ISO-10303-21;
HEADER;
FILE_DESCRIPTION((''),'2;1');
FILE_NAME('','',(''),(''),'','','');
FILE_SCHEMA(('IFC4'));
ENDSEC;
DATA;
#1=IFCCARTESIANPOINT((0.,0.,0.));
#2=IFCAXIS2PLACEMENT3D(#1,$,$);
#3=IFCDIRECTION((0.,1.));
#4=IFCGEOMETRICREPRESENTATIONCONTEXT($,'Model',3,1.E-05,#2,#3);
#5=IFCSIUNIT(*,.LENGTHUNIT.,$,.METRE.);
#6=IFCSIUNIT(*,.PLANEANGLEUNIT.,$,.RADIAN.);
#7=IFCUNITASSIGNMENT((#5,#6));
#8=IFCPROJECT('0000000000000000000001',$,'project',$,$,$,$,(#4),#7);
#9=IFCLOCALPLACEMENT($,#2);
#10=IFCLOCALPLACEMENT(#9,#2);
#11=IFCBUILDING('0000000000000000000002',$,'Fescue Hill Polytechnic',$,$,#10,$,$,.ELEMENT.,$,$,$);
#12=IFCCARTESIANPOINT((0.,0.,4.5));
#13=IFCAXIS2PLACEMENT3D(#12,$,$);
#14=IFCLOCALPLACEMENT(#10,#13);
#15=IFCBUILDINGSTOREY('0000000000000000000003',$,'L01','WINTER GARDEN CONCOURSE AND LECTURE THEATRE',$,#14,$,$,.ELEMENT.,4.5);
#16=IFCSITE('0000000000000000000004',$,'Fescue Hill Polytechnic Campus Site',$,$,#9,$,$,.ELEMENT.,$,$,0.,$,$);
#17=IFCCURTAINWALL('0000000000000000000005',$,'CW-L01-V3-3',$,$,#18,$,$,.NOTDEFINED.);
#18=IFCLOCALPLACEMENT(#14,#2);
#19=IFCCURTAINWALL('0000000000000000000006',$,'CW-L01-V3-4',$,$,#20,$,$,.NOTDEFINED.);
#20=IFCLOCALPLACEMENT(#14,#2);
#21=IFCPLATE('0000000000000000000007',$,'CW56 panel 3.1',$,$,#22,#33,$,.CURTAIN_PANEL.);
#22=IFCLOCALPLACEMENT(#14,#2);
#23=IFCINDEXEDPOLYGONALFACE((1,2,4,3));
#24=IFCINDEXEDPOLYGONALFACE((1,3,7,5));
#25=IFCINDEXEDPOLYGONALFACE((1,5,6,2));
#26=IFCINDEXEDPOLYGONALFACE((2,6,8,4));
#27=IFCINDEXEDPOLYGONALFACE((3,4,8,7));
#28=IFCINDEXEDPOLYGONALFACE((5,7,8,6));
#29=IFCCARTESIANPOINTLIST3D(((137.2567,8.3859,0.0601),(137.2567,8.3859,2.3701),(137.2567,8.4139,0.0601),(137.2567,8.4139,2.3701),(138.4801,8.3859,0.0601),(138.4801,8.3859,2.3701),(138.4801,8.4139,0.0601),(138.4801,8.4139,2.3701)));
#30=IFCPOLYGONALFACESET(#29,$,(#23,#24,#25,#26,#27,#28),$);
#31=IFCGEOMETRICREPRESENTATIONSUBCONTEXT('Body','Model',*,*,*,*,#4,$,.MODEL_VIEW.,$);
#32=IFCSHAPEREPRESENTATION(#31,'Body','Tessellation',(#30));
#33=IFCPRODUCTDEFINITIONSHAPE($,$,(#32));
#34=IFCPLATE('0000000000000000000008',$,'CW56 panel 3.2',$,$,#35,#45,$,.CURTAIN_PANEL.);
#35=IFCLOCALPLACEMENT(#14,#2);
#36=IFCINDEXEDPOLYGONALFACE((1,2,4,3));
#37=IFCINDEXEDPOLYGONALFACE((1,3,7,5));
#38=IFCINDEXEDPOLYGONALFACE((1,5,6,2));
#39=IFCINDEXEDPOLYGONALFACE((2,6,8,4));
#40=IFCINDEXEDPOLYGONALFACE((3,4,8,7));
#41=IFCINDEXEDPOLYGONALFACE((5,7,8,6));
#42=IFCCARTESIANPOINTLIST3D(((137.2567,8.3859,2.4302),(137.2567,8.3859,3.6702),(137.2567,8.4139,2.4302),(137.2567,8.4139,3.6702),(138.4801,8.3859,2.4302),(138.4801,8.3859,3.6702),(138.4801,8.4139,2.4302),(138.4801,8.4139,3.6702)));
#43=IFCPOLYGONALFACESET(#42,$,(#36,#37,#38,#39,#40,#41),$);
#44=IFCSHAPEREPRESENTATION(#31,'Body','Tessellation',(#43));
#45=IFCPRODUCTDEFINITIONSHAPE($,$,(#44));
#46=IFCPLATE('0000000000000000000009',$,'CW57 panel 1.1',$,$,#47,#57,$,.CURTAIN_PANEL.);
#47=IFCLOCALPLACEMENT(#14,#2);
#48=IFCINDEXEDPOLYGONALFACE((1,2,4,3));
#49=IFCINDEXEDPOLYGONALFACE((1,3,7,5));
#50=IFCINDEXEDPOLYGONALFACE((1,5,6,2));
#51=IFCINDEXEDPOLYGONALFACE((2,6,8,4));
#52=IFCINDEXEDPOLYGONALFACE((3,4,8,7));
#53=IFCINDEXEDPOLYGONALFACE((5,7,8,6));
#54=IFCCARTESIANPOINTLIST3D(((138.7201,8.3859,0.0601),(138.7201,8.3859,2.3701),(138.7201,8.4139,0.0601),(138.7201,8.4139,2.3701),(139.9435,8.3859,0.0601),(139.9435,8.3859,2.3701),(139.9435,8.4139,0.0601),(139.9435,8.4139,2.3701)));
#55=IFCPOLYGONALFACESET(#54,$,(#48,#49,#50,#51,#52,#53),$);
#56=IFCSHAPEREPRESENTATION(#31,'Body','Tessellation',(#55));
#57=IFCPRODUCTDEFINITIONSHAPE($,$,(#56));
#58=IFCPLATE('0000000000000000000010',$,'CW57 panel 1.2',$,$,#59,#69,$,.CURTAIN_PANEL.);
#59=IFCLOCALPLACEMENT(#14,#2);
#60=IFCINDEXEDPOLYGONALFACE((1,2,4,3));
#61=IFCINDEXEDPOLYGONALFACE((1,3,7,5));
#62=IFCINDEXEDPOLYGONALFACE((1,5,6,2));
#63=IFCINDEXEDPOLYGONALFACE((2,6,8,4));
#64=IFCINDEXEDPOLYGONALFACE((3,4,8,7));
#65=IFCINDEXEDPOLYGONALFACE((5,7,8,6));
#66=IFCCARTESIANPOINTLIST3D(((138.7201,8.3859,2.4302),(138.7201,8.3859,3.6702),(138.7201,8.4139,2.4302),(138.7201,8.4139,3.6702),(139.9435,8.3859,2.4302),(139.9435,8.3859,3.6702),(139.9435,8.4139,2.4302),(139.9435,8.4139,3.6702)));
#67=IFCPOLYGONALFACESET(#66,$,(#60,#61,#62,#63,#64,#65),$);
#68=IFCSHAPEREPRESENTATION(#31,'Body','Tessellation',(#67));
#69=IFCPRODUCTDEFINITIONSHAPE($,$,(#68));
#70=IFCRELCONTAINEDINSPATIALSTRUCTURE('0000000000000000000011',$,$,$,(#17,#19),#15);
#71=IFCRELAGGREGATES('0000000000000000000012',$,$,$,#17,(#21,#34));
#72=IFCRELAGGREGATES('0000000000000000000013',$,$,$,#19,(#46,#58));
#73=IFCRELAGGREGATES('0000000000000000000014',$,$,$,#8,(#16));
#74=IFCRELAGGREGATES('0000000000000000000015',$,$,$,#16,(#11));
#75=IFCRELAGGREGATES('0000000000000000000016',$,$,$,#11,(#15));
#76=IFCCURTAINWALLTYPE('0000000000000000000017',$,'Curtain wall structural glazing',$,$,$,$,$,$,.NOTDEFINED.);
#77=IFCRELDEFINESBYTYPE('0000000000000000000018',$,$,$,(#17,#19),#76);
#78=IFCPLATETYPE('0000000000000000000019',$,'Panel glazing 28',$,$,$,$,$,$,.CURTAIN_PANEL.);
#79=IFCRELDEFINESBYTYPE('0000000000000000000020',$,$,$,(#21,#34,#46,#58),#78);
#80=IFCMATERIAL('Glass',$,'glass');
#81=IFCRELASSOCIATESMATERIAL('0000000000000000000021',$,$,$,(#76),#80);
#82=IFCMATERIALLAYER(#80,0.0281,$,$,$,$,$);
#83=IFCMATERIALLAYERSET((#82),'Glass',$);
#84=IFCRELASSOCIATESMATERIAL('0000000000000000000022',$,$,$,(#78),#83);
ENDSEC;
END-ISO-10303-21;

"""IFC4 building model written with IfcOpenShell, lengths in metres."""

from ifc_helpers import new_model, si_unit, direction, frame, origin, origin_2d, place, context, subcontext, project, spatial, rectangle, extrude, material, layer, layer_set, type_object, element, aggregate, save


model = new_model("IFC4")

# Units and contexts
model_context = context("Model", 3, precision=1e-05, world=origin(), true_north=direction((0.0, 1.0)))
body_context = subcontext(model_context, "Body", "Model", "MODEL_VIEW")
ifc_project = project(units=[si_unit("LENGTHUNIT", "METRE"), si_unit("PLANEANGLEUNIT", "RADIAN")], contexts=[model_context])

# Site, building, storey
site_placement = place(None, origin())
site = spatial("IfcSite", under=ifc_project, at=site_placement, Name="Fescue Hill Polytechnic Campus Site", CompositionType="ELEMENT", RefElevation=0.0)
building_placement = place(site_placement, origin())
building = spatial("IfcBuilding", under=site, at=building_placement, Name="Fescue Hill Polytechnic", CompositionType="ELEMENT")
storey_placement = place(building_placement, frame((0.0, 0.0, 4.5)))
storey = spatial("IfcBuildingStorey", under=building, at=storey_placement, Name="L01", Description="WINTER GARDEN CONCOURSE AND LECTURE THEATRE", CompositionType="ELEMENT", Elevation=4.5)

# Shared definitions
ifc_material_1 = material(Name="Glass", Category="glass")
curtain_wall_type = type_object("IfcCurtainWallType", Name="Curtain wall structural glazing", PredefinedType="NOTDEFINED", material=ifc_material_1)

# Curtain walls
curtain_wall_1_placement = place(storey_placement, origin())
curtain_wall_1 = element("IfcCurtainWall", 1, at=curtain_wall_1_placement, inside=storey, type_object=curtain_wall_type, Name="CW-L01-V3-3", PredefinedType="NOTDEFINED")
curtain_wall_2_placement = place(storey_placement, origin())
curtain_wall_2 = element("IfcCurtainWall", 2, at=curtain_wall_2_placement, inside=storey, type_object=curtain_wall_type, Name="CW-L01-V3-4", PredefinedType="NOTDEFINED")

# Plates
ifc_layer_1 = layer(ifc_material_1, 0.0281)
ifc_layer_set_1 = layer_set([ifc_layer_1], Name="Glass")
plate_type = type_object("IfcPlateType", Name="Panel glazing 28", PredefinedType="CURTAIN_PANEL", material=ifc_layer_set_1)
plate_1_placement = place(storey_placement, frame((137.8684, 8.3999, 0.0601), z_axis=(0.0, 0.0, 1.0), x_axis=(1.0, 0.0, 0.0)))
plate_1 = element("IfcPlate", 3, at=plate_1_placement, type_object=plate_type, Name="CW56 panel 3.1", PredefinedType="CURTAIN_PANEL", context=body_context, shape_type="SweptSolid", body=[
    extrude(rectangle(XDim=1.2234, YDim=0.0281, at=origin_2d()), origin(), (0.0, 0.0, 1.0), 2.3101),
])
plate_2_placement = place(storey_placement, frame((137.8684, 8.3999, 2.4302), z_axis=(0.0, 0.0, 1.0), x_axis=(1.0, 0.0, 0.0)))
plate_2 = element("IfcPlate", 4, at=plate_2_placement, type_object=plate_type, Name="CW56 panel 3.2", PredefinedType="CURTAIN_PANEL", context=body_context, shape_type="SweptSolid", body=[
    extrude(rectangle(XDim=1.2234, YDim=0.0281, at=origin_2d()), origin(), (0.0, 0.0, 1.0), 1.24),
])
aggregate(curtain_wall_1, [plate_1, plate_2])
plate_3_placement = place(storey_placement, frame((139.3318, 8.3999, 0.0601), z_axis=(0.0, 0.0, 1.0), x_axis=(1.0, 0.0, 0.0)))
plate_3 = element("IfcPlate", 5, at=plate_3_placement, type_object=plate_type, Name="CW57 panel 1.1", PredefinedType="CURTAIN_PANEL", context=body_context, shape_type="SweptSolid", body=[
    extrude(rectangle(XDim=1.2234, YDim=0.0281, at=origin_2d()), origin(), (0.0, 0.0, 1.0), 2.3101),
])
plate_4_placement = place(storey_placement, frame((139.3318, 8.3999, 2.4302), z_axis=(0.0, 0.0, 1.0), x_axis=(1.0, 0.0, 0.0)))
plate_4 = element("IfcPlate", 6, at=plate_4_placement, type_object=plate_type, Name="CW57 panel 1.2", PredefinedType="CURTAIN_PANEL", context=body_context, shape_type="SweptSolid", body=[
    extrude(rectangle(XDim=1.2234, YDim=0.0281, at=origin_2d()), origin(), (0.0, 0.0, 1.0), 1.24),
])
aggregate(curtain_wall_2, [plate_3, plate_4])

save(model, "model.ifc")
